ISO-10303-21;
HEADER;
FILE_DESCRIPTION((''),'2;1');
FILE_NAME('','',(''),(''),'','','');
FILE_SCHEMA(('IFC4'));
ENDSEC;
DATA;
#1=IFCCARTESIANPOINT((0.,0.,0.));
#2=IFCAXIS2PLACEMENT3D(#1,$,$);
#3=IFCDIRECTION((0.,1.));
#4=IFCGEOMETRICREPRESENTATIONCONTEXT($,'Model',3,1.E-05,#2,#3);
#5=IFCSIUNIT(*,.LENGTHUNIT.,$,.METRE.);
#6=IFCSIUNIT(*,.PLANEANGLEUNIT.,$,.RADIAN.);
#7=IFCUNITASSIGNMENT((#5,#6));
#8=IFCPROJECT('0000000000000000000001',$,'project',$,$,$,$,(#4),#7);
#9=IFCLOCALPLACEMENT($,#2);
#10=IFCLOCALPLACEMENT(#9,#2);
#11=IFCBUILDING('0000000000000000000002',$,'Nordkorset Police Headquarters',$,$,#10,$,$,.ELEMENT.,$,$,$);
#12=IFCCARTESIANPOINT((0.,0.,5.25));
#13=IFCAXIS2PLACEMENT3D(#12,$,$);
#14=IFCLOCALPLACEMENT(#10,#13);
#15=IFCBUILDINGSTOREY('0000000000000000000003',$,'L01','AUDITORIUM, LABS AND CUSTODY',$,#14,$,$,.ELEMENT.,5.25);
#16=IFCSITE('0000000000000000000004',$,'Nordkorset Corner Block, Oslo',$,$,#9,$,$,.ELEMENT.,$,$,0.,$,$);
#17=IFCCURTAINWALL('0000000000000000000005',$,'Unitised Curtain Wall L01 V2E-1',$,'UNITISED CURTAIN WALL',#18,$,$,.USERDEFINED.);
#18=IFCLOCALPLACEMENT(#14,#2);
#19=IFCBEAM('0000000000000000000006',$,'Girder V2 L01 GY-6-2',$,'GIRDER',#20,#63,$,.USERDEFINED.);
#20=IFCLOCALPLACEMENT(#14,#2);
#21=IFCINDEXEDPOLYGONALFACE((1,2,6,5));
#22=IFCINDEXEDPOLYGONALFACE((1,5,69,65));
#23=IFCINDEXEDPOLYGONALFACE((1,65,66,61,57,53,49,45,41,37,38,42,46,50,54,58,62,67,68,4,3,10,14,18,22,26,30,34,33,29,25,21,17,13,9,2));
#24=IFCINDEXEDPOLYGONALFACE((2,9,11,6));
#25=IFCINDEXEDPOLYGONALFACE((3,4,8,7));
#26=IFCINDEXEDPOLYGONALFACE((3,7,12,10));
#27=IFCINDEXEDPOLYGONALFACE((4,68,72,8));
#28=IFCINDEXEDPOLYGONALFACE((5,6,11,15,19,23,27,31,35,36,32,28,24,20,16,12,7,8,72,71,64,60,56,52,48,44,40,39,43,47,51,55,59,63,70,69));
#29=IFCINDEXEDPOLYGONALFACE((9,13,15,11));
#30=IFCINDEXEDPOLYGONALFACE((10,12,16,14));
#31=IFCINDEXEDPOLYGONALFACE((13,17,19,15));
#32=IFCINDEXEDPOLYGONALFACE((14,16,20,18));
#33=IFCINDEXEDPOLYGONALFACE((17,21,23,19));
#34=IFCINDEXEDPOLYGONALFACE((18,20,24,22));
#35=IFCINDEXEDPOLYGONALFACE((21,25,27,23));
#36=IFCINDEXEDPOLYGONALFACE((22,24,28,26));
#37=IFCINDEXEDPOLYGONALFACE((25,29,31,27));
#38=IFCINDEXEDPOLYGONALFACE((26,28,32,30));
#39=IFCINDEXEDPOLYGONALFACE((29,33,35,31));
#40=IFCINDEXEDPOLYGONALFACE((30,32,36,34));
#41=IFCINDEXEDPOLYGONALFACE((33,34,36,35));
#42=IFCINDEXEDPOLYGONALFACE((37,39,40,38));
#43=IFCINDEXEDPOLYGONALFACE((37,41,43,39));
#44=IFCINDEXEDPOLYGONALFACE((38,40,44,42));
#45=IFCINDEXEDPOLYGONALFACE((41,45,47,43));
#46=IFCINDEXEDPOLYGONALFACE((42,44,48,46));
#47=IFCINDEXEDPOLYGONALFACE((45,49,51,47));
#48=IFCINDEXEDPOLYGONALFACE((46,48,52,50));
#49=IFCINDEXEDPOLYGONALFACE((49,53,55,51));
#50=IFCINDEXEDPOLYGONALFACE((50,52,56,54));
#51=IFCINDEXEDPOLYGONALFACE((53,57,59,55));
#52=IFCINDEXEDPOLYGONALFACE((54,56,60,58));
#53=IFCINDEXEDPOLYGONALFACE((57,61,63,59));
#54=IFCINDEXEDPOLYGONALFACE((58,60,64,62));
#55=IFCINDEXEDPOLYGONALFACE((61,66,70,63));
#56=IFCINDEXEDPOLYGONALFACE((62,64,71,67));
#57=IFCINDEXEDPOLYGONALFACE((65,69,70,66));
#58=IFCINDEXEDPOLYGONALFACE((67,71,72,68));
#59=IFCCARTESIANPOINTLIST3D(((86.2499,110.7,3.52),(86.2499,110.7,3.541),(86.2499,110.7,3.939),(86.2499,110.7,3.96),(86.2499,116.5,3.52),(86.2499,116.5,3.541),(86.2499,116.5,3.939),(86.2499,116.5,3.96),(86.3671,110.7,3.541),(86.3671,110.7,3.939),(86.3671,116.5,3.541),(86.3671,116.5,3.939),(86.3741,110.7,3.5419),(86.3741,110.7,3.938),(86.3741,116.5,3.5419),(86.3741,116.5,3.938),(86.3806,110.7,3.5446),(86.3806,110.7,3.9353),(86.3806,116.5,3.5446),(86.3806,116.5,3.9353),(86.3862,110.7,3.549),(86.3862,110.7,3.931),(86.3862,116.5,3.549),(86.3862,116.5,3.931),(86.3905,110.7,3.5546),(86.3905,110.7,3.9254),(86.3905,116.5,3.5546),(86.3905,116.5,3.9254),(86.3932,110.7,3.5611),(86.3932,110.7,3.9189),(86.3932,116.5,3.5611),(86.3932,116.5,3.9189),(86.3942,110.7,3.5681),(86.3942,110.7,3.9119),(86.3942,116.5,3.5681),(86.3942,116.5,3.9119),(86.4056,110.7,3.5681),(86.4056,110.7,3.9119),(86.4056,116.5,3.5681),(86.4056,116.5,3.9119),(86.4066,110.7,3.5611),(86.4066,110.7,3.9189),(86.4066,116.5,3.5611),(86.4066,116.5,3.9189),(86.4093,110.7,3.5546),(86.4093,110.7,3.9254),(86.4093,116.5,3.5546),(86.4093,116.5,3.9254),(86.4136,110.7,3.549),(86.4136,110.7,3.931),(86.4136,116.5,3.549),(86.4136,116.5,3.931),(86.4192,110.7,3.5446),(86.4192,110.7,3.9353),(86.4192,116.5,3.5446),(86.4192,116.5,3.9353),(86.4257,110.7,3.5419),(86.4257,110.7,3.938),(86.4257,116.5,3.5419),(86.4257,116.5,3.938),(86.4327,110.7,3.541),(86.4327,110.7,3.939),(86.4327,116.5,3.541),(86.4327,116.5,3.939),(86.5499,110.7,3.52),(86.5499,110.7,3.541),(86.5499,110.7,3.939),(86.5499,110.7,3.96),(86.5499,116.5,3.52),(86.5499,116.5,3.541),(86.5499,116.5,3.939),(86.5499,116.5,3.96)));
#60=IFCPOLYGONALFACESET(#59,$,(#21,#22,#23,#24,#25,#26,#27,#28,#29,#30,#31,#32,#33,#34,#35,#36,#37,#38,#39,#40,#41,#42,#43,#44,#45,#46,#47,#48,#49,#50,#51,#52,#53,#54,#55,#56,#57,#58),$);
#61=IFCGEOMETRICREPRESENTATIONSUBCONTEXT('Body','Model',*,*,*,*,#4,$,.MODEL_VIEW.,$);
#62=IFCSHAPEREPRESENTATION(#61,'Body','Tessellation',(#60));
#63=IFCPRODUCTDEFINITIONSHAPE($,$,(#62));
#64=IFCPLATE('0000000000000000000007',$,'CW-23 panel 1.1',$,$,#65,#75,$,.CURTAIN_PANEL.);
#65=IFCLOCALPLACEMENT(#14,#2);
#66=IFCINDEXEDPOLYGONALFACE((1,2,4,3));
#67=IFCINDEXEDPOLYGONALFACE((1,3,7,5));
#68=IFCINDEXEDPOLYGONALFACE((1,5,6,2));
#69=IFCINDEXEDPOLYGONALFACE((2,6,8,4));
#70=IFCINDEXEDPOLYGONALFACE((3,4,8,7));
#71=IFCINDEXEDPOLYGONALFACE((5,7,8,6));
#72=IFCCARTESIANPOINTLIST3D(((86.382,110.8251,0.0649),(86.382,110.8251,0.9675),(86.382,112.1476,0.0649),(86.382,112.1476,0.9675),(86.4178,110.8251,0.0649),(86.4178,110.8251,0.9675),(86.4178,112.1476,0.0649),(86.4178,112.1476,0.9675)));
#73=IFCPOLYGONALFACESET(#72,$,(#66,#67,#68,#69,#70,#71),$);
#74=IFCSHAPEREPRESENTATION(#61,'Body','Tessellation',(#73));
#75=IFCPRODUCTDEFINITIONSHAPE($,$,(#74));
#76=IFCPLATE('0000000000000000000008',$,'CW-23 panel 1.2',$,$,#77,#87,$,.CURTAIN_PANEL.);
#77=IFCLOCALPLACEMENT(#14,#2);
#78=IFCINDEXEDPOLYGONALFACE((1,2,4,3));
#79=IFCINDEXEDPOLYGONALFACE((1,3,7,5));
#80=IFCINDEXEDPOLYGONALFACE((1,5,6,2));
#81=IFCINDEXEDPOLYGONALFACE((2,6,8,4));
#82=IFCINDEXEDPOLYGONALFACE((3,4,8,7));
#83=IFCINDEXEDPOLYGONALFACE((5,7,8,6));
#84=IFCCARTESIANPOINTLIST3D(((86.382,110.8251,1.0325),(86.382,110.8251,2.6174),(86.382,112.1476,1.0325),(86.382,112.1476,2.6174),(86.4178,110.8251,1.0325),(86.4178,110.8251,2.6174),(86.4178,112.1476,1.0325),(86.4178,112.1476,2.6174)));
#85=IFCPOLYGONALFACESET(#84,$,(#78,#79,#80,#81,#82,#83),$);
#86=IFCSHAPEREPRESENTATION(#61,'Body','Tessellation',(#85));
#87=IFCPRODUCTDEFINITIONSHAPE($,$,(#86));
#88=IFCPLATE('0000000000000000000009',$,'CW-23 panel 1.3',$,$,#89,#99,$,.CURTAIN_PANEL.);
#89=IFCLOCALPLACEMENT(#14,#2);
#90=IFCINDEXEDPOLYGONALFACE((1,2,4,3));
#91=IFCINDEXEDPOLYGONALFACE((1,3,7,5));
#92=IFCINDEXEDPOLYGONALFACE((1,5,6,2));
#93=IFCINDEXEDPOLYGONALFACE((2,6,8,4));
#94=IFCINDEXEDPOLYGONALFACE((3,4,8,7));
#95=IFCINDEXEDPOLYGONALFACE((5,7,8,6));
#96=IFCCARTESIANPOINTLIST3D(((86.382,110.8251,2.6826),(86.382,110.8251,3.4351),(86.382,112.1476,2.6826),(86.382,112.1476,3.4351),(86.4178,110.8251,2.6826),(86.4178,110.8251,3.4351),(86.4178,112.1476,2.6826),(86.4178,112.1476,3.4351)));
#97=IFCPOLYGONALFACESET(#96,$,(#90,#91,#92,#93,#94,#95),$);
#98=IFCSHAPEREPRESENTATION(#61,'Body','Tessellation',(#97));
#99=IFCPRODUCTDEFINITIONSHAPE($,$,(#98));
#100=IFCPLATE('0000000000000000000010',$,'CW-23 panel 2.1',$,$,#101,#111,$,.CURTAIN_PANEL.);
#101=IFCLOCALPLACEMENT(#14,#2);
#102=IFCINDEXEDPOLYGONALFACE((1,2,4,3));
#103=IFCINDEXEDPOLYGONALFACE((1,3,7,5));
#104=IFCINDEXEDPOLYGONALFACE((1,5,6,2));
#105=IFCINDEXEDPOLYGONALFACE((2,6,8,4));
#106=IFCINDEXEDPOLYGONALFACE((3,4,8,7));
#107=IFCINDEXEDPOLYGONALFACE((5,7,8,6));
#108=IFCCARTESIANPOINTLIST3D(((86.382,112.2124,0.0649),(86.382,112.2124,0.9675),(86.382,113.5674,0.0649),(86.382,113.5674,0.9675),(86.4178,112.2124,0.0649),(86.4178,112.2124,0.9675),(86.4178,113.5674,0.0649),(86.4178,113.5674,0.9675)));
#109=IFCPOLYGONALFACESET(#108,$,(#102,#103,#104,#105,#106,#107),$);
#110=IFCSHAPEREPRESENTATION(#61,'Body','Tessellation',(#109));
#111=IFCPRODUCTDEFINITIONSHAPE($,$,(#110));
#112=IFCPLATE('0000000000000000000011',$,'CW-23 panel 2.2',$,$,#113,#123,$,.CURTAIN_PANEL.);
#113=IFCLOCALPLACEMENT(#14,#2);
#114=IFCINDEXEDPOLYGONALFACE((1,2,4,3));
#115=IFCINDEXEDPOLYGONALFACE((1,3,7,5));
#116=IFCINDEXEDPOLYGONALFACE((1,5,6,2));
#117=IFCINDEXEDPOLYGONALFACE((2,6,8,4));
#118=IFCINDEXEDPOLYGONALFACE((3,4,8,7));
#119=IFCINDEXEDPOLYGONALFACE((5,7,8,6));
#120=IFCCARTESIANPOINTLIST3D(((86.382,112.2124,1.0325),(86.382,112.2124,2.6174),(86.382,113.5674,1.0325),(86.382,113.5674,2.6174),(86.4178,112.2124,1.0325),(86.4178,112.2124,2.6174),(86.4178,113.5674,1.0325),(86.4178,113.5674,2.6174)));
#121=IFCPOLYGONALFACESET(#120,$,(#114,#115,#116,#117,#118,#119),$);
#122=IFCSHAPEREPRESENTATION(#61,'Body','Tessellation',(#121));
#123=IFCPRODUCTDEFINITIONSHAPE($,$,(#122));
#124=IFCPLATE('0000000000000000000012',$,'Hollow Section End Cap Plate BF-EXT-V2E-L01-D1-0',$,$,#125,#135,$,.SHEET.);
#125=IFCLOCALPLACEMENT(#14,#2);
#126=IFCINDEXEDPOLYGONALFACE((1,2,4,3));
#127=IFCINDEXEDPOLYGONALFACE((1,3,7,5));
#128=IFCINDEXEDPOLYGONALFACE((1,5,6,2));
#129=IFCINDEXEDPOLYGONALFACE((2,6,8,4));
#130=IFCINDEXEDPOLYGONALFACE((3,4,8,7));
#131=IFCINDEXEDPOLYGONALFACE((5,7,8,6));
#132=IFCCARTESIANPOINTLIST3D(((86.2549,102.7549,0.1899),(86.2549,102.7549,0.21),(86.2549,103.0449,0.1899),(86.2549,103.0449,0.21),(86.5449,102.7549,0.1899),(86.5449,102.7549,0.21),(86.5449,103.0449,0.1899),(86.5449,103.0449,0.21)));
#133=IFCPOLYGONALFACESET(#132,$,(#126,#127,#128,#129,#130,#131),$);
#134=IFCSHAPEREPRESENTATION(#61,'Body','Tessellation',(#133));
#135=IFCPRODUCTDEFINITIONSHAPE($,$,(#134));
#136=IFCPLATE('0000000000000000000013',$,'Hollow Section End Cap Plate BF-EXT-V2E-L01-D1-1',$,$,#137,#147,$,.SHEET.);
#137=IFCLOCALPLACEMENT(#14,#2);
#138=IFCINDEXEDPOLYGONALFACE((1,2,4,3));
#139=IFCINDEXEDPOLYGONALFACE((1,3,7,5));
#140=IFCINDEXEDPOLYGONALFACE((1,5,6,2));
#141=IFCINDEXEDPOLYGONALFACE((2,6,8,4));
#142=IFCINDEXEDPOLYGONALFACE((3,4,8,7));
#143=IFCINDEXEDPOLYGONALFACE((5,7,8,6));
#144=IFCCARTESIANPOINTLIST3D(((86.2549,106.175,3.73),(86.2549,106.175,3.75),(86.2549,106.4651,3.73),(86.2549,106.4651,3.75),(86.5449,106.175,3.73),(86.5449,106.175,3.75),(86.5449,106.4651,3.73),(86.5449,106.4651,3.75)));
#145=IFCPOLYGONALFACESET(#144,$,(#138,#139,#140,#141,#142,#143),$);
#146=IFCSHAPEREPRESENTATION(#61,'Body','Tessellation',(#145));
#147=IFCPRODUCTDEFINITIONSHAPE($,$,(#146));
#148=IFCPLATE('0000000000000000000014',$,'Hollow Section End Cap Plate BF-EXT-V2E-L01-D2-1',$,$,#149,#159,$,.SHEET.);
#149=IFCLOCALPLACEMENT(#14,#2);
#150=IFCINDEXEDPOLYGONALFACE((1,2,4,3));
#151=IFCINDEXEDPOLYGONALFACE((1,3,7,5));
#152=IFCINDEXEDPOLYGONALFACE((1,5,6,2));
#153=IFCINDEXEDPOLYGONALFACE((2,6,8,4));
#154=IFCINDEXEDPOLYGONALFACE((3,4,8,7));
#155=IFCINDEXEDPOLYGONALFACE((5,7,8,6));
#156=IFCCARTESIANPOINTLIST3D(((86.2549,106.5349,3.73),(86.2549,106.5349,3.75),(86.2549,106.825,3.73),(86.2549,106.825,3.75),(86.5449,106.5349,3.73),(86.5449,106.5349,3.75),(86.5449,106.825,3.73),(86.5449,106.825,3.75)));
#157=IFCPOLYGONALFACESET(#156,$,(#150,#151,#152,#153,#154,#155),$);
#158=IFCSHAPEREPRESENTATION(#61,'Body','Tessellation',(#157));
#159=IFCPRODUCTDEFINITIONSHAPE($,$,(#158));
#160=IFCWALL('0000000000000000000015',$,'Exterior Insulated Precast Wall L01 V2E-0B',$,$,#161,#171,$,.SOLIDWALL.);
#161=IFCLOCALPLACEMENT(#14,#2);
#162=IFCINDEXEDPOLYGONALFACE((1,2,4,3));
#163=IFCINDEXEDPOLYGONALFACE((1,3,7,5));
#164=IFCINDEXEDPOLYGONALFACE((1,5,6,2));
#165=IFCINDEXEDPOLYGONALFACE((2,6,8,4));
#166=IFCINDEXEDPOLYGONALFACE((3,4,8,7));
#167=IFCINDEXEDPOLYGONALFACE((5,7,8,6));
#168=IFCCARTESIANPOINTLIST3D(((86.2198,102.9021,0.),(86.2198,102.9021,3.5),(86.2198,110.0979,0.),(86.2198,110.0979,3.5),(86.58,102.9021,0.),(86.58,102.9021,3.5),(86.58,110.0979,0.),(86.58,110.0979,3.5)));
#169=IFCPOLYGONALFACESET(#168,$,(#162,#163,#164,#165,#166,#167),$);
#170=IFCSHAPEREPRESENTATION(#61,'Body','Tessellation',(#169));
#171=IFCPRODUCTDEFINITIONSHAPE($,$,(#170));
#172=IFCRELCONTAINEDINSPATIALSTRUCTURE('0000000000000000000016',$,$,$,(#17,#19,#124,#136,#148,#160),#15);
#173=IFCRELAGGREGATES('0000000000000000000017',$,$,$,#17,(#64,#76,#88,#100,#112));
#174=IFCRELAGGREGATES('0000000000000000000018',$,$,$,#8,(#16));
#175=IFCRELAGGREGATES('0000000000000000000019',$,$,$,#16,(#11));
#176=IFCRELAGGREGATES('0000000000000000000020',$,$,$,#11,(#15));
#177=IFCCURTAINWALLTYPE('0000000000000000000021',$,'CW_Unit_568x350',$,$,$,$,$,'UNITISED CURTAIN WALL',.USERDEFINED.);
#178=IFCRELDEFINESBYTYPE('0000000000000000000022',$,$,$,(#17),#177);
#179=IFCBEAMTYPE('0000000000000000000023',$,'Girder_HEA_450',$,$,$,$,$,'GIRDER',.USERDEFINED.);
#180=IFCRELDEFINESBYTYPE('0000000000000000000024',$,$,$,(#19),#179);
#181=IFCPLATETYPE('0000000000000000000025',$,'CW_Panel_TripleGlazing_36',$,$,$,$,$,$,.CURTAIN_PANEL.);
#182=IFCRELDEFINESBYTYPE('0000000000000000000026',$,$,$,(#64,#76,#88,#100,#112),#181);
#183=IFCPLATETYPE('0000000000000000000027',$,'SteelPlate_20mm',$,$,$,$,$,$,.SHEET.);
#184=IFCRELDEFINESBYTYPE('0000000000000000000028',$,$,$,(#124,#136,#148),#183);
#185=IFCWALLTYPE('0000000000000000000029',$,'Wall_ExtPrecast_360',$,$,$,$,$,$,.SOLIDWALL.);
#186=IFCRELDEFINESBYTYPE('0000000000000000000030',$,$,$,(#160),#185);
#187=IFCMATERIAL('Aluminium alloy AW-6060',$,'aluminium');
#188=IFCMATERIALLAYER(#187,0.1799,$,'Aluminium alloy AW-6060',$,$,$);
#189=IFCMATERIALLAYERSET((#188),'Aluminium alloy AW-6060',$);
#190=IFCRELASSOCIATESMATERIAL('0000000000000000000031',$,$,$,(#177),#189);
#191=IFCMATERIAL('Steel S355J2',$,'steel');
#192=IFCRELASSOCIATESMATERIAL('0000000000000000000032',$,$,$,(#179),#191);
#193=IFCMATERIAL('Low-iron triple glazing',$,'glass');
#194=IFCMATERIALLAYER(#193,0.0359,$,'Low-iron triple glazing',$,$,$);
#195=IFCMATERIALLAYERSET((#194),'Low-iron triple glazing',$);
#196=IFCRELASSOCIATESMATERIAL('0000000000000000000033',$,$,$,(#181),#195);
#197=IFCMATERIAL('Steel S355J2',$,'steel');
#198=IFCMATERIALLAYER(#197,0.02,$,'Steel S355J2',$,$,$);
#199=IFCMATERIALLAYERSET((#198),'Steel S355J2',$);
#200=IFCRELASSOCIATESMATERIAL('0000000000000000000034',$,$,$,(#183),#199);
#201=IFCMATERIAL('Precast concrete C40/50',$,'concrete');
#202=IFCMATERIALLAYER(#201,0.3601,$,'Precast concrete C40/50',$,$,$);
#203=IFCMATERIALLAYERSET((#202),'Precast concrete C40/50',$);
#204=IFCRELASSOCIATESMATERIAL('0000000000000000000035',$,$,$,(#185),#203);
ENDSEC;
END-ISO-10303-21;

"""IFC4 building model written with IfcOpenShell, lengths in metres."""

from ifc_helpers import new_model, si_unit, direction, frame, frame_2d, origin, origin_2d, place, context, subcontext, project, spatial, rectangle, i_section, extrude, material, layer, layer_set, material_profile, profile_set, type_object, element, aggregate, save


model = new_model("IFC4")

# Units and contexts
model_context = context("Model", 3, precision=1e-05, world=origin(), true_north=direction((0.0, 1.0)))
body_context = subcontext(model_context, "Body", "Model", "MODEL_VIEW")
ifc_project = project(units=[si_unit("LENGTHUNIT", "METRE"), si_unit("PLANEANGLEUNIT", "RADIAN")], contexts=[model_context])

# Site, building, storey
site_placement = place(None, origin())
site = spatial("IfcSite", under=ifc_project, at=site_placement, Name="Nordkorset Corner Block, Oslo", CompositionType="ELEMENT", RefElevation=0.0)
building_placement = place(site_placement, origin())
building = spatial("IfcBuilding", under=site, at=building_placement, Name="Nordkorset Police Headquarters", CompositionType="ELEMENT")
storey_placement = place(building_placement, frame((0.0, 0.0, 5.25)))
storey = spatial("IfcBuildingStorey", under=building, at=storey_placement, Name="L01", Description="AUDITORIUM, LABS AND CUSTODY", CompositionType="ELEMENT", Elevation=5.25)

# Curtain wall
ifc_material_1 = material(Name="Aluminium alloy AW-6060", Category="aluminium")
ifc_layer_1 = layer(ifc_material_1, 0.1799, Name="Aluminium alloy AW-6060")
ifc_layer_set_1 = layer_set([ifc_layer_1], Name="Aluminium alloy AW-6060")
curtain_wall_type = type_object("IfcCurtainWallType", Name="CW_Unit_568x350", ElementType="UNITISED CURTAIN WALL", PredefinedType="USERDEFINED", material=ifc_layer_set_1)
curtain_wall_placement = place(storey_placement, origin())
curtain_wall = element("IfcCurtainWall", 1, at=curtain_wall_placement, inside=storey, type_object=curtain_wall_type, Name="Unitised Curtain Wall L01 V2E-1", ObjectType="UNITISED CURTAIN WALL", PredefinedType="USERDEFINED")

# Beam
ifc_material_2 = material(Name="Steel S355J2", Category="steel")
ifc_material_profile_1 = material_profile(ifc_material_2, i_section(OverallWidth=0.3, OverallDepth=0.4399, WebThickness=0.0115, FlangeThickness=0.021, FilletRadius=0.0271, at=origin_2d()), Name="HEA 450")
ifc_profile_set_1 = profile_set([ifc_material_profile_1], Name="Steel S355J2")
beam_type = type_object("IfcBeamType", Name="Girder_HEA_450", ElementType="GIRDER", PredefinedType="USERDEFINED", material=ifc_profile_set_1)
beam_1_placement = place(storey_placement, frame((86.3999, 110.7, 3.74), z_axis=(0.0, 1.0, 0.0), x_axis=(-1.0, 0.0, 0.0)))
element("IfcBeam", 2, at=beam_1_placement, inside=storey, type_object=beam_type, Name="Girder V2 L01 GY-6-2", ObjectType="GIRDER", PredefinedType="USERDEFINED", context=body_context, shape_type="SweptSolid", body=[
    extrude(i_section(OverallWidth=0.3, OverallDepth=0.4399, WebThickness=0.0115, FlangeThickness=0.021, FilletRadius=0.0271, at=origin_2d()), origin(), (0.0, 0.0, 1.0), 5.8),
])

# Plates
ifc_material_3 = material(Name="Low-iron triple glazing", Category="glass")
ifc_layer_2 = layer(ifc_material_3, 0.0359, Name="Low-iron triple glazing")
ifc_layer_set_2 = layer_set([ifc_layer_2], Name="Low-iron triple glazing")
plate_type_1 = type_object("IfcPlateType", Name="CW_Panel_TripleGlazing_36", PredefinedType="CURTAIN_PANEL", material=ifc_layer_set_2)
plate_1_placement = place(storey_placement, frame((86.3999, 111.4863, 0.0649), z_axis=(0.0, 0.0, 1.0), x_axis=(0.0, 1.0, 0.0)))
plate_1 = element("IfcPlate", 3, at=plate_1_placement, type_object=plate_type_1, Name="CW-23 panel 1.1", PredefinedType="CURTAIN_PANEL", context=body_context, shape_type="SweptSolid", body=[
    extrude(rectangle(XDim=1.3225, YDim=0.0359, at=origin_2d()), origin(), (0.0, 0.0, 1.0), 0.9026),
])
plate_2_placement = place(storey_placement, frame((86.3999, 111.4863, 1.0325), z_axis=(0.0, 0.0, 1.0), x_axis=(0.0, 1.0, 0.0)))
plate_2 = element("IfcPlate", 4, at=plate_2_placement, type_object=plate_type_1, Name="CW-23 panel 1.2", PredefinedType="CURTAIN_PANEL", context=body_context, shape_type="SweptSolid", body=[
    extrude(rectangle(XDim=1.3225, YDim=0.0359, at=origin_2d()), origin(), (0.0, 0.0, 1.0), 1.585),
])
plate_3_placement = place(storey_placement, frame((86.3999, 111.4863, 2.6826), z_axis=(0.0, 0.0, 1.0), x_axis=(0.0, 1.0, 0.0)))
plate_3 = element("IfcPlate", 5, at=plate_3_placement, type_object=plate_type_1, Name="CW-23 panel 1.3", PredefinedType="CURTAIN_PANEL", context=body_context, shape_type="SweptSolid", body=[
    extrude(rectangle(XDim=1.3225, YDim=0.0359, at=origin_2d()), origin(), (0.0, 0.0, 1.0), 0.7524),
])
plate_4_placement = place(storey_placement, frame((86.3999, 112.8899, 0.0649), z_axis=(0.0, 0.0, 1.0), x_axis=(0.0, 1.0, 0.0)))
plate_4 = element("IfcPlate", 6, at=plate_4_placement, type_object=plate_type_1, Name="CW-23 panel 2.1", PredefinedType="CURTAIN_PANEL", context=body_context, shape_type="SweptSolid", body=[
    extrude(rectangle(XDim=1.355, YDim=0.0359, at=origin_2d()), origin(), (0.0, 0.0, 1.0), 0.9026),
])
plate_5_placement = place(storey_placement, frame((86.3999, 112.8899, 1.0325), z_axis=(0.0, 0.0, 1.0), x_axis=(0.0, 1.0, 0.0)))
plate_5 = element("IfcPlate", 7, at=plate_5_placement, type_object=plate_type_1, Name="CW-23 panel 2.2", PredefinedType="CURTAIN_PANEL", context=body_context, shape_type="SweptSolid", body=[
    extrude(rectangle(XDim=1.355, YDim=0.0359, at=origin_2d()), origin(), (0.0, 0.0, 1.0), 1.585),
])
aggregate(curtain_wall, [plate_1, plate_2, plate_3, plate_4, plate_5])

# Plates
ifc_material_4 = material(Name="Steel S355J2", Category="steel")
ifc_layer_3 = layer(ifc_material_4, 0.02, Name="Steel S355J2")
ifc_layer_set_3 = layer_set([ifc_layer_3], Name="Steel S355J2")
plate_type_2 = type_object("IfcPlateType", Name="SteelPlate_20mm", PredefinedType="SHEET", material=ifc_layer_set_3)
for number, where, z_axis, x_axis, name in (
    (8, (86.3999, 102.8999, 0.1899), (0.0, 0.0, 1.0), (1.0, 0.0, 0.0), "Hollow Section End Cap Plate BF-EXT-V2E-L01-D1-0"),
    (9, (86.3999, 106.3201, 3.73), (0.0, 0.0, 1.0), (1.0, 0.0, 0.0), "Hollow Section End Cap Plate BF-EXT-V2E-L01-D1-1"),
    (10, (86.3999, 106.6799, 3.73), (0.0, 0.0, 1.0), (1.0, 0.0, 0.0), "Hollow Section End Cap Plate BF-EXT-V2E-L01-D2-1"),
):
    element("IfcPlate", number, at=place(storey_placement, frame(where, z_axis=z_axis, x_axis=x_axis)), inside=storey, type_object=plate_type_2, Name=name, PredefinedType="SHEET", context=body_context, shape_type="SweptSolid", body=[
        extrude(rectangle(XDim=0.29, YDim=0.29, at=origin_2d()), origin(), (0.0, 0.0, 1.0), 0.02),
    ])

# Wall
ifc_material_5 = material(Name="Precast concrete C40/50", Category="concrete")
ifc_layer_4 = layer(ifc_material_5, 0.3601, Name="Precast concrete C40/50")
ifc_layer_set_4 = layer_set([ifc_layer_4], Name="Precast concrete C40/50")
wall_type = type_object("IfcWallType", Name="Wall_ExtPrecast_360", PredefinedType="SOLIDWALL", material=ifc_layer_set_4)
wall_placement = place(storey_placement, frame((86.3999, 102.9021, 0.0), z_axis=(0.0, 0.0, 1.0), x_axis=(0.0, 1.0, 0.0)))
element("IfcWall", 11, at=wall_placement, inside=storey, type_object=wall_type, Name="Exterior Insulated Precast Wall L01 V2E-0B", PredefinedType="SOLIDWALL", context=body_context, shape_type="SweptSolid", body=[
    extrude(rectangle(XDim=7.1958, YDim=0.3601, at=frame_2d((3.5979, 0.0))), origin(), (0.0, 0.0, 1.0), 3.5),
])

save(model, "model.ifc")
